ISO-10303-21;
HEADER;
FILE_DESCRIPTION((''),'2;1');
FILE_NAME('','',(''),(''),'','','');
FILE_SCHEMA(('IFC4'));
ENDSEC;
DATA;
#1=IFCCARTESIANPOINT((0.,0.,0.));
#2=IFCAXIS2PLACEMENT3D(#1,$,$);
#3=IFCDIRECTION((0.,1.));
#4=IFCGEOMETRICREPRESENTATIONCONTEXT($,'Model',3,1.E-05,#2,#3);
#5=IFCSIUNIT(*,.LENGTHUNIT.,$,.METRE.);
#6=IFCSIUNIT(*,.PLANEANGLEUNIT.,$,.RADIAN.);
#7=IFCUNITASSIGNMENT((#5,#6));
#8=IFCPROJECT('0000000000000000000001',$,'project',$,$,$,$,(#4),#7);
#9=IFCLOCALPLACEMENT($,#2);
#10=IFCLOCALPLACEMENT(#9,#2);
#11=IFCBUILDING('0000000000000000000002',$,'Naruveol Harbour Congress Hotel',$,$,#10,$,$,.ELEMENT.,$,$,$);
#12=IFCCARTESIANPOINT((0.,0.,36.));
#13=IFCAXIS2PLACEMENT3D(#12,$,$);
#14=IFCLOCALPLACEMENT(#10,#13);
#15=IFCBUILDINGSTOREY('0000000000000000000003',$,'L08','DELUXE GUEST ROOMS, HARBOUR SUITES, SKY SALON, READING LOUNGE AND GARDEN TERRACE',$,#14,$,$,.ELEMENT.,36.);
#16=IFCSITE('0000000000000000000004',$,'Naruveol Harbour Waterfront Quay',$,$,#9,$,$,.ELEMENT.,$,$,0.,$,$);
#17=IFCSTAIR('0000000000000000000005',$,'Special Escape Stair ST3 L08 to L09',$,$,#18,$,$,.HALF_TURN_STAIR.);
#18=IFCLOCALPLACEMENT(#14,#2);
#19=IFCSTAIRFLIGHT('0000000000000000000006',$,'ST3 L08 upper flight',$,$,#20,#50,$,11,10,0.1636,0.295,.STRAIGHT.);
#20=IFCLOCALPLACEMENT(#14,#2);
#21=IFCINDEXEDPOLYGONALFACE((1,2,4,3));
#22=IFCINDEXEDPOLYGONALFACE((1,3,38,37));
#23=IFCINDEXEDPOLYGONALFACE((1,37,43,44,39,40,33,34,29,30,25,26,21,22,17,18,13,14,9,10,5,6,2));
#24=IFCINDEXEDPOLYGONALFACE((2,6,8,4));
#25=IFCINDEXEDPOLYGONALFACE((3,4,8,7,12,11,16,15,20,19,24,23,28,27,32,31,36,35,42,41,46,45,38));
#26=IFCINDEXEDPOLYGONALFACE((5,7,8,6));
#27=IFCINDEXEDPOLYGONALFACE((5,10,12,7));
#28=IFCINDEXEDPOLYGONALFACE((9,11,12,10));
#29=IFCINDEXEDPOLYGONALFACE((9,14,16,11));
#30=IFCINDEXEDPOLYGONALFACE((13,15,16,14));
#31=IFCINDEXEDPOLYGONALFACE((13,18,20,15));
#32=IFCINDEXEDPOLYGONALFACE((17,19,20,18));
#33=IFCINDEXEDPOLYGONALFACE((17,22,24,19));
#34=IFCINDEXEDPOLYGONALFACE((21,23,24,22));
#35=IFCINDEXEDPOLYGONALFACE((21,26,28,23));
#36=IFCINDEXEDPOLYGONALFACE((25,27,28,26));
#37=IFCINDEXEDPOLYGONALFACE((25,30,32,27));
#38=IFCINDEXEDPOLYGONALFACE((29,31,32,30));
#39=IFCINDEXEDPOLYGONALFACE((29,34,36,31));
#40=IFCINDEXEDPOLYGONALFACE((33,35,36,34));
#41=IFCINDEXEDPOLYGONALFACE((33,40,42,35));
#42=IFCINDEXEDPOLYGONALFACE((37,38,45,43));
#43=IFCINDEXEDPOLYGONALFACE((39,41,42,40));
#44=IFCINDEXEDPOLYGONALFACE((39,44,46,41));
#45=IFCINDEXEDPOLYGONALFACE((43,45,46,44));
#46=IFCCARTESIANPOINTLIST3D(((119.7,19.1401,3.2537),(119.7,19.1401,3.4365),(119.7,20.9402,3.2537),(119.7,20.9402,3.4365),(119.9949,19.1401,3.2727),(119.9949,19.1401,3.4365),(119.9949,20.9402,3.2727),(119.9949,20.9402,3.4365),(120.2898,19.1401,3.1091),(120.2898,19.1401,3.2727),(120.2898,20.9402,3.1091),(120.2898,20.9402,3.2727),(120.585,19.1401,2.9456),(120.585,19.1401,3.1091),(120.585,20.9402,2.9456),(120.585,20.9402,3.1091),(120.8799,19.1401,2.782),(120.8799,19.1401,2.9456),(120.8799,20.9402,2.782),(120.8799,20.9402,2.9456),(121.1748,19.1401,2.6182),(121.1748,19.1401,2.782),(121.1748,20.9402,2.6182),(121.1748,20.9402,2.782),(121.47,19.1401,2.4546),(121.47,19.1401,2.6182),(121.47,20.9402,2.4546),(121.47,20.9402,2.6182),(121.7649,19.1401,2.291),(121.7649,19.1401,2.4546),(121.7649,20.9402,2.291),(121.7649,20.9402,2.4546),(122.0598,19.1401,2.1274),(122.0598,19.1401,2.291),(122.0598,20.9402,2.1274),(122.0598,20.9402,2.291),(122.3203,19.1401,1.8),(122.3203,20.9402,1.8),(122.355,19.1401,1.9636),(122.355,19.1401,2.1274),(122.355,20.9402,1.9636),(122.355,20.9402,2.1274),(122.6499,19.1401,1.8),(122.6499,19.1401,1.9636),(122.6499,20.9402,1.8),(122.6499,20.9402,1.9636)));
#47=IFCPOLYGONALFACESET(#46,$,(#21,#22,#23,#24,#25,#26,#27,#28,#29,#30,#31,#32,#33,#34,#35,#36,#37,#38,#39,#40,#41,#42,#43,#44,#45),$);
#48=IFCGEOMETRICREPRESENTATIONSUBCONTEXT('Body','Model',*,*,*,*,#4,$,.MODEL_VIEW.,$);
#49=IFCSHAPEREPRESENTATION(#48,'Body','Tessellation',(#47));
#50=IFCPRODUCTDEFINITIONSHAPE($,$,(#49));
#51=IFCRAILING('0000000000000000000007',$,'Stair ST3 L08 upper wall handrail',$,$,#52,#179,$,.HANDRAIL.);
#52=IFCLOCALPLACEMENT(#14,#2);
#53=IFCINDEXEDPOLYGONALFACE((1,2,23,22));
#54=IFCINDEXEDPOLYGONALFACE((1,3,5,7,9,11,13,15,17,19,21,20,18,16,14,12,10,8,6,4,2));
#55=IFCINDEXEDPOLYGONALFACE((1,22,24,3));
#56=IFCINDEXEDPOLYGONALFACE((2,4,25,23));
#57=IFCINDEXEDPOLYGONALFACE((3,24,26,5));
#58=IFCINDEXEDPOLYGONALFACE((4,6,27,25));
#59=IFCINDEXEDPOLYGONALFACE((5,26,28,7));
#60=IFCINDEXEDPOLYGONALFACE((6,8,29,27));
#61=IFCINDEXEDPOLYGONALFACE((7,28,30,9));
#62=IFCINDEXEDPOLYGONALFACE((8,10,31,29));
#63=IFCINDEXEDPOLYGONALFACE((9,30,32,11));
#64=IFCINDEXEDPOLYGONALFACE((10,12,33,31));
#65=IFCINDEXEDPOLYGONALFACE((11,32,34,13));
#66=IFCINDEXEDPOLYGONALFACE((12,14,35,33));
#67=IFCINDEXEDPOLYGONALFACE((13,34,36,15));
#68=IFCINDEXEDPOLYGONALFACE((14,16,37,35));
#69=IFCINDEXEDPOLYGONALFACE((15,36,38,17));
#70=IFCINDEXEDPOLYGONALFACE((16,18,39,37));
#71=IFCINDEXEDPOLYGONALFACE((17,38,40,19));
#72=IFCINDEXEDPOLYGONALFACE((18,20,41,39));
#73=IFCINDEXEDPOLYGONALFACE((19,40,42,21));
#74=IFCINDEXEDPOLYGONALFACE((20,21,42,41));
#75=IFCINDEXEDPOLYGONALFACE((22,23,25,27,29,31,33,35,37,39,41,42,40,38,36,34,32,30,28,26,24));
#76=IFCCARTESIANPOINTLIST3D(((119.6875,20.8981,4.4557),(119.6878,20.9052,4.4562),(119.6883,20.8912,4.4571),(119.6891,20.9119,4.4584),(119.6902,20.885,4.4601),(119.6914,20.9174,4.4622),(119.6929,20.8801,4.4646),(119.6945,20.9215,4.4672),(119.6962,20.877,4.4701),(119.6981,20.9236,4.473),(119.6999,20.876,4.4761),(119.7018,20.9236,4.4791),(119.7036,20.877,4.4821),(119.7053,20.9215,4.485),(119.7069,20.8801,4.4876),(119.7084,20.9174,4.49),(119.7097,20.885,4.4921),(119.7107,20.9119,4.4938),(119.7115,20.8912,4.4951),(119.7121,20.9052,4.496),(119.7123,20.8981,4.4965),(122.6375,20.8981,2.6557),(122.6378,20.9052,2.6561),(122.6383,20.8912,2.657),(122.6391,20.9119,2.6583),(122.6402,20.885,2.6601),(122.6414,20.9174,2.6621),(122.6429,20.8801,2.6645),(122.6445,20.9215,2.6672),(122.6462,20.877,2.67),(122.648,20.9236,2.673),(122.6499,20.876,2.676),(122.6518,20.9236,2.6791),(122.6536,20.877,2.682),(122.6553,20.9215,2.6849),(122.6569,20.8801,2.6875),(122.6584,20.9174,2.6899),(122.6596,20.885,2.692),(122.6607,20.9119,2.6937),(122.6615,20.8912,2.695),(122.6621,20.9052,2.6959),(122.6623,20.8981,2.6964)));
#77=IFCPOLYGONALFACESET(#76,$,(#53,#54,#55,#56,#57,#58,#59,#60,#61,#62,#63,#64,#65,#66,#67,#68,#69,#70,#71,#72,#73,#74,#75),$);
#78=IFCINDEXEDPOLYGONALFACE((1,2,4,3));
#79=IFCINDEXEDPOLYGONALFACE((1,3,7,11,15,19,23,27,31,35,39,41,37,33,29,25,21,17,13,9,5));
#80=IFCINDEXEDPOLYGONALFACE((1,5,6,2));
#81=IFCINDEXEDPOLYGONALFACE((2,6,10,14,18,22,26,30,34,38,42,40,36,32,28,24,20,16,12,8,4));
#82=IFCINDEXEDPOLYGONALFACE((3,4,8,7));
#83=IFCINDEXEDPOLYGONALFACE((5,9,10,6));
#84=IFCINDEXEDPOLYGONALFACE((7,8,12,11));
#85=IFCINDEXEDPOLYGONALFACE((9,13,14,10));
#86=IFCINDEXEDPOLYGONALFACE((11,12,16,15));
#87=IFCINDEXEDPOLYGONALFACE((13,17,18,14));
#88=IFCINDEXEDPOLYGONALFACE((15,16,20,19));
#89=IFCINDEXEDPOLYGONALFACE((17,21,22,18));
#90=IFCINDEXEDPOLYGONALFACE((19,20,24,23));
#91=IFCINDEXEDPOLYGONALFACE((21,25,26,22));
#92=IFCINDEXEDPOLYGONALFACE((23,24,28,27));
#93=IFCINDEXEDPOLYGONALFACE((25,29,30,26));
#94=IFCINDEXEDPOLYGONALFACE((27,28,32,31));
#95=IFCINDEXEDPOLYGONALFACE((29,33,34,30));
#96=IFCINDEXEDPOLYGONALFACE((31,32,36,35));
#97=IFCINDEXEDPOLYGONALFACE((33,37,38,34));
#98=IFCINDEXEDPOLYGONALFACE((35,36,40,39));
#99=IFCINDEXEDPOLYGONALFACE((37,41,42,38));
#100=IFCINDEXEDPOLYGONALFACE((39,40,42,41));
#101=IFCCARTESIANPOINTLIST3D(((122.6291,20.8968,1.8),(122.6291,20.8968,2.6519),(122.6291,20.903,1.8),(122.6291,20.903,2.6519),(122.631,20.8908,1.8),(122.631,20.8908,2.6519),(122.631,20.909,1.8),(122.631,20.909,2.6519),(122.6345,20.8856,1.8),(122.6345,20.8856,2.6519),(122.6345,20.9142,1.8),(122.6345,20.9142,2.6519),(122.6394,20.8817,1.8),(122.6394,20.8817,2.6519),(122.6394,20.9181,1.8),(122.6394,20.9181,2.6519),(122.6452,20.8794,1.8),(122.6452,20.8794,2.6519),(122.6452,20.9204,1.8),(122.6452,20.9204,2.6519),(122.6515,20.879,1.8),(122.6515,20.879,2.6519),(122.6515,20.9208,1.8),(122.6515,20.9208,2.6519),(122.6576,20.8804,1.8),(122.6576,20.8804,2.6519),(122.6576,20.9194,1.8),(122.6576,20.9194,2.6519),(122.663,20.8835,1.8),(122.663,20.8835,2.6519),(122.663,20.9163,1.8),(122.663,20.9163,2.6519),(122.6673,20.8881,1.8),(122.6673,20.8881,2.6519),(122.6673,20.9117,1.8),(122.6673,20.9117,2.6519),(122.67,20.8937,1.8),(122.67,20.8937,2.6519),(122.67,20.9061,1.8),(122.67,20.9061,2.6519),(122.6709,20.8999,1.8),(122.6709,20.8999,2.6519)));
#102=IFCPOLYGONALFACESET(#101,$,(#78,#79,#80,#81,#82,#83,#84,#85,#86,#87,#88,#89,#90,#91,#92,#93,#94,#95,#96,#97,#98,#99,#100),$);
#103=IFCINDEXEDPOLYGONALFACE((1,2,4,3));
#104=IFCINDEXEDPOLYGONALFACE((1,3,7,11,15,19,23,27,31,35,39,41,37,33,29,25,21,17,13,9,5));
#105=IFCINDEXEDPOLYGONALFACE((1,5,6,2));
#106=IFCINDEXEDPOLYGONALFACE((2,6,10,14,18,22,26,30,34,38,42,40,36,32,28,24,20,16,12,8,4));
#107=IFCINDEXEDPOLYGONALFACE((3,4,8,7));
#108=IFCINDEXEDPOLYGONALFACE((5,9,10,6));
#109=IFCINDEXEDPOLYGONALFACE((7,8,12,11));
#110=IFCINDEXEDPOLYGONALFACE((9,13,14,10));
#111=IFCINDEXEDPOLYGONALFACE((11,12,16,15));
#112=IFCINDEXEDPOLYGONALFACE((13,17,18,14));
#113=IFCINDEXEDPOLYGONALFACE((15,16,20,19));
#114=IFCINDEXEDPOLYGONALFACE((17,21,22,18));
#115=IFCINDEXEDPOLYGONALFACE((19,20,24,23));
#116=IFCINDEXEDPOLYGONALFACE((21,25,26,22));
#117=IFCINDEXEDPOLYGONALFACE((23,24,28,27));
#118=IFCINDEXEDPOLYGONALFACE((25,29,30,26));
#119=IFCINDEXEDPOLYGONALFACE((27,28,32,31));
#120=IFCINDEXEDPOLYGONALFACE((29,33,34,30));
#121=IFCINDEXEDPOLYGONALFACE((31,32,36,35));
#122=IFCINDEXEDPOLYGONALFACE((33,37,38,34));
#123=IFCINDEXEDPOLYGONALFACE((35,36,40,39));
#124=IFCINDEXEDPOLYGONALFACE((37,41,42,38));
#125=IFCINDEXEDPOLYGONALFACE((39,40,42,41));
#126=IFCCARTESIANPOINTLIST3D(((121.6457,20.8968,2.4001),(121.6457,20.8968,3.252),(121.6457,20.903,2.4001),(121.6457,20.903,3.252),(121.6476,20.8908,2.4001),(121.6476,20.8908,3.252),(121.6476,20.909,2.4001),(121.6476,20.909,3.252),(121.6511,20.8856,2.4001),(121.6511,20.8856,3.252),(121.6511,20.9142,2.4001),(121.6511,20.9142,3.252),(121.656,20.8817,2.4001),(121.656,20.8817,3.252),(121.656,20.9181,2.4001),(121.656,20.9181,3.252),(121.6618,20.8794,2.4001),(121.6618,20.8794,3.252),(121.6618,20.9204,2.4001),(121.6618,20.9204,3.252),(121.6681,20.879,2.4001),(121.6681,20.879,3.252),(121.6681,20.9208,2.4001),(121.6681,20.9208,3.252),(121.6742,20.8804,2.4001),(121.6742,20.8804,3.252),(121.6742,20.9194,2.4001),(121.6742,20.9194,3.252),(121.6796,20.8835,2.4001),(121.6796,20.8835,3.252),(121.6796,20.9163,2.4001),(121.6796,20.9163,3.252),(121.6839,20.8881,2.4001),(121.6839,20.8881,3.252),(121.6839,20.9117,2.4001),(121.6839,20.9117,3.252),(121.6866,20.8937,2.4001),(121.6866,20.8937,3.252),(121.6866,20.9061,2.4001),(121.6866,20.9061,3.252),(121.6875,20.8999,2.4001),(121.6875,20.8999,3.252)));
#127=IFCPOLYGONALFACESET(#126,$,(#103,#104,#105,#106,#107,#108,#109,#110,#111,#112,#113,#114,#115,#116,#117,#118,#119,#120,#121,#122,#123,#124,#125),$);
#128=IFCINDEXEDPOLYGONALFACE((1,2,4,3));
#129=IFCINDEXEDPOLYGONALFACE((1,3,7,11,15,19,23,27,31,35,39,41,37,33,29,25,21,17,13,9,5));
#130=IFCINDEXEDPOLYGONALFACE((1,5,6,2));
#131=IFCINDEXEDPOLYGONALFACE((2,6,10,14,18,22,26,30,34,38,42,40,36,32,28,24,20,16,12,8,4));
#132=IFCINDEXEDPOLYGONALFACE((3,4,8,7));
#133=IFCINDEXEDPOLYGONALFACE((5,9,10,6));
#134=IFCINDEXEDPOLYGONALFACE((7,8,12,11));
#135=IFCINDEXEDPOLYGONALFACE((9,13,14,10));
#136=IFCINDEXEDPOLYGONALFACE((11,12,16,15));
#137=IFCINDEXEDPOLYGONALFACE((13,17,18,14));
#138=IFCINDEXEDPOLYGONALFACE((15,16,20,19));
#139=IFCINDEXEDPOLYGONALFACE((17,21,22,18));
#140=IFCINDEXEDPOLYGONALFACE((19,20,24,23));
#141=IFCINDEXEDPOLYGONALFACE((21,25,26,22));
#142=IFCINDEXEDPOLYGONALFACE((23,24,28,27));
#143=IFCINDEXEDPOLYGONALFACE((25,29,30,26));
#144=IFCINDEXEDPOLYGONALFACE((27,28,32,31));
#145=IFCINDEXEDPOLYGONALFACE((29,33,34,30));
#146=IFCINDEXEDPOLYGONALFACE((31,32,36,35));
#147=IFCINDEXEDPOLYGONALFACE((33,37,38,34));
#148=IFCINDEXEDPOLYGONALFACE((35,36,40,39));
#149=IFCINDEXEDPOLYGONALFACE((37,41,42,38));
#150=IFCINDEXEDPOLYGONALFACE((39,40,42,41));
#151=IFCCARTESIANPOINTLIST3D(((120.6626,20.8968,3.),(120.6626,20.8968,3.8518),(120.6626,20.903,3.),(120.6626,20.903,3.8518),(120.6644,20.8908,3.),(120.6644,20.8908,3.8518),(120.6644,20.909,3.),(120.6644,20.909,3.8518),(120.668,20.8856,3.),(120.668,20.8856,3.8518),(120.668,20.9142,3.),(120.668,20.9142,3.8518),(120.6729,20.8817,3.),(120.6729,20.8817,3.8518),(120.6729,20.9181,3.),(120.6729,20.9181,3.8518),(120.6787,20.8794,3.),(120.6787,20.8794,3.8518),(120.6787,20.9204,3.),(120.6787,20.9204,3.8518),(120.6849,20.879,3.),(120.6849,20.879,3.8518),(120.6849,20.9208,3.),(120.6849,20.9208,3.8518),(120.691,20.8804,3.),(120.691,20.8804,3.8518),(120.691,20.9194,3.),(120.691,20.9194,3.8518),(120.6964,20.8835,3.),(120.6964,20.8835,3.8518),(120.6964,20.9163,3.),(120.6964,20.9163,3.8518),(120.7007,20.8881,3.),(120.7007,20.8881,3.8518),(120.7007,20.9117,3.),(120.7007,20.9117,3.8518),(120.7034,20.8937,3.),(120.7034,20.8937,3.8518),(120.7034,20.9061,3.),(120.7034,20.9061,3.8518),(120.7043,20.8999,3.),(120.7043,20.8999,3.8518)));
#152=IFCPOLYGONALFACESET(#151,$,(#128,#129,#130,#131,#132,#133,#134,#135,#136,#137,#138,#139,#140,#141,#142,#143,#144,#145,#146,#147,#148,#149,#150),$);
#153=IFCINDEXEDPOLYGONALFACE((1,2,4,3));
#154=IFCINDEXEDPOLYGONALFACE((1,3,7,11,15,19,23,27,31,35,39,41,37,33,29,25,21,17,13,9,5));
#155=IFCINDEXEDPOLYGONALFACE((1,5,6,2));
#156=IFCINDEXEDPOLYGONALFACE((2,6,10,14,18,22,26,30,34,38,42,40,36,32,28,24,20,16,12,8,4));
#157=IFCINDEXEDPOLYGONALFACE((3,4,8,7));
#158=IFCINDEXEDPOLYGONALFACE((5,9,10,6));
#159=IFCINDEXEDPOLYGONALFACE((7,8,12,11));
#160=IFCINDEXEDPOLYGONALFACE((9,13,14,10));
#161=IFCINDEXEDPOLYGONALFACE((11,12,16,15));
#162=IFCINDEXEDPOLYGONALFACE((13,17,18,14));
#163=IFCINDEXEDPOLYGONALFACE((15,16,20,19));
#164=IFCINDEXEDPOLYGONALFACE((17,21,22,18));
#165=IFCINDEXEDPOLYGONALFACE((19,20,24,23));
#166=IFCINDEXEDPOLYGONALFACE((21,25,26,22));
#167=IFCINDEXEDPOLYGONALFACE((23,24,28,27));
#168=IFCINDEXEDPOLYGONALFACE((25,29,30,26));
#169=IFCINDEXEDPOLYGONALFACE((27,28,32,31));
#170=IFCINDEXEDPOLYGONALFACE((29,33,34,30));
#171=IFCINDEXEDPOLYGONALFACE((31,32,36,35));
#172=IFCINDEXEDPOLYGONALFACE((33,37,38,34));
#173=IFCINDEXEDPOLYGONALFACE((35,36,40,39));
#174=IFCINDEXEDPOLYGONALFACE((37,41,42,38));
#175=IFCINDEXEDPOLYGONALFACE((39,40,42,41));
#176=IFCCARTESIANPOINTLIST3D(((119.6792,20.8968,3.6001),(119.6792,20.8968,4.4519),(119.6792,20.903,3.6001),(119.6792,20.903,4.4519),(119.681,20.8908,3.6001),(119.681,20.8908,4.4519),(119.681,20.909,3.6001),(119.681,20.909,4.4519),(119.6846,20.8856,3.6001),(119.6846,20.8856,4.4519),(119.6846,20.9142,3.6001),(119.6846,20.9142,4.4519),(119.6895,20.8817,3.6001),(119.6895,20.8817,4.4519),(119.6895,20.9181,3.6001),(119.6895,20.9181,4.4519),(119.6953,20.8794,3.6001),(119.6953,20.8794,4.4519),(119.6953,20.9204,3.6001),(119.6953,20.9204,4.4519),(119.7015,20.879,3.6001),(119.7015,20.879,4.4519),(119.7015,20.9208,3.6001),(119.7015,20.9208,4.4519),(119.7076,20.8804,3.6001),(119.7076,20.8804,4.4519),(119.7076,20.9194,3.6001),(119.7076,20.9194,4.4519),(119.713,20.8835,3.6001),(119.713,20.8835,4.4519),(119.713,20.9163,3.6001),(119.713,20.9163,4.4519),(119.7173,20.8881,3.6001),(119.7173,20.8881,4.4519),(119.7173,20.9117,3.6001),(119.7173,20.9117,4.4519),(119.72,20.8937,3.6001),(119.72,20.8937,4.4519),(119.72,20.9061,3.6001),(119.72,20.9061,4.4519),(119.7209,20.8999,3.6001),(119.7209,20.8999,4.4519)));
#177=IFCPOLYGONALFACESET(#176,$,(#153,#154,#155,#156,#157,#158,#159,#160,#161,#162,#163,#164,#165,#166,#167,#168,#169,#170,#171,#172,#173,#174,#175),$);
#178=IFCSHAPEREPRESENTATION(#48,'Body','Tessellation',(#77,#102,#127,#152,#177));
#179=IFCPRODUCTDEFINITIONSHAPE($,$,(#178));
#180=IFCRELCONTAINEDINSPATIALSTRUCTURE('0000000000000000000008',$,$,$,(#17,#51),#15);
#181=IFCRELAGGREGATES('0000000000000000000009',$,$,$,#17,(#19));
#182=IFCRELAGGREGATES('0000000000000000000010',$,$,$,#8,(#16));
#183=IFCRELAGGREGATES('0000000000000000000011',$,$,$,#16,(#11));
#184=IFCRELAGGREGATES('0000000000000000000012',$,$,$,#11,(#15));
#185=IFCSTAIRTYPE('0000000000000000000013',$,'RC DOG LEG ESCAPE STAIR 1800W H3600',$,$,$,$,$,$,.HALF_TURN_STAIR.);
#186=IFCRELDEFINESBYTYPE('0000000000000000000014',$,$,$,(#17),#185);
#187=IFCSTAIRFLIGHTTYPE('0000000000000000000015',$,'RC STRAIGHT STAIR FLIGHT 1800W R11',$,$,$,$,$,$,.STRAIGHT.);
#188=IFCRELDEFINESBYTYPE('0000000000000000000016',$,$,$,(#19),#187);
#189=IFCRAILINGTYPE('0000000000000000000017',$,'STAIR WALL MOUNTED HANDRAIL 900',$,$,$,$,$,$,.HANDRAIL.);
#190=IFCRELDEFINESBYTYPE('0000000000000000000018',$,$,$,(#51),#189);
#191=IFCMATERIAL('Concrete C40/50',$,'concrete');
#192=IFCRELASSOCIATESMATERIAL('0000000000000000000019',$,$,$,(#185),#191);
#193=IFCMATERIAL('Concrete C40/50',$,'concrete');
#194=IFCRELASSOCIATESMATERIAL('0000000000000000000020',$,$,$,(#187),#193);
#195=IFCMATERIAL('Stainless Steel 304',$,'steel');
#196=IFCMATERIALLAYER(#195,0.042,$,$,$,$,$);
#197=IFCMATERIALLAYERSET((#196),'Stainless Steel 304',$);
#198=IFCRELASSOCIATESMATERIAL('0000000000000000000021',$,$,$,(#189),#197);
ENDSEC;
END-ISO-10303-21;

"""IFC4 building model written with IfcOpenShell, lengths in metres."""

from ifc_helpers import new_model, si_unit, direction, frame, origin, origin_2d, place, context, subcontext, project, spatial, polyline, circle, outline, extrude, material, layer, layer_set, type_object, element, aggregate, save


model = new_model("IFC4")

# Units and contexts
model_context = context("Model", 3, precision=1e-05, world=origin(), true_north=direction((0.0, 1.0)))
body_context = subcontext(model_context, "Body", "Model", "MODEL_VIEW")
ifc_project = project(units=[si_unit("LENGTHUNIT", "METRE"), si_unit("PLANEANGLEUNIT", "RADIAN")], contexts=[model_context])

# Site, building, storey
site_placement = place(None, origin())
site = spatial("IfcSite", under=ifc_project, at=site_placement, Name="Naruveol Harbour Waterfront Quay", CompositionType="ELEMENT", RefElevation=0.0)
building_placement = place(site_placement, origin())
building = spatial("IfcBuilding", under=site, at=building_placement, Name="Naruveol Harbour Congress Hotel", CompositionType="ELEMENT")
storey_placement = place(building_placement, frame((0.0, 0.0, 36.0)))
storey = spatial("IfcBuildingStorey", under=building, at=storey_placement, Name="L08", Description="DELUXE GUEST ROOMS, HARBOUR SUITES, SKY SALON, READING LOUNGE AND GARDEN TERRACE", CompositionType="ELEMENT", Elevation=36.0)

# Stair, stair flight
ifc_material_1 = material(Name="Concrete C40/50", Category="concrete")
stair_type = type_object("IfcStairType", Name="RC DOG LEG ESCAPE STAIR 1800W H3600", PredefinedType="HALF_TURN_STAIR", material=ifc_material_1)
stair_placement = place(storey_placement, origin())
stair = element("IfcStair", 1, at=stair_placement, inside=storey, type_object=stair_type, Name="Special Escape Stair ST3 L08 to L09", PredefinedType="HALF_TURN_STAIR")
ifc_material_2 = material(Name="Concrete C40/50", Category="concrete")
stair_flight_type = type_object("IfcStairFlightType", Name="RC STRAIGHT STAIR FLIGHT 1800W R11", PredefinedType="STRAIGHT", material=ifc_material_2)
stair_flight_placement = place(storey_placement, frame((122.6499, 20.04, 1.8), z_axis=(0.0, 0.0, 1.0), x_axis=(-1.0, 0.0, 0.0)))
stair_flight = element("IfcStairFlight", 2, at=stair_flight_placement, type_object=stair_flight_type, Name="ST3 L08 upper flight", NumberOfRisers=11, NumberOfTreads=10, PredefinedType="STRAIGHT", RiserHeight=0.1636, TreadLength=0.295, context=body_context, shape_type="SweptSolid", body=[
    extrude(outline(polyline([(0.0, 0.0), (0.0, 0.1636), (0.2949, 0.1636), (0.2949, 0.3274), (0.5901, 0.3274), (0.5901, 0.491), (0.885, 0.491), (0.885, 0.6545), (1.1799, 0.6545), (1.1799, 0.8181), (1.4751, 0.8181), (1.4751, 0.9819), (1.77, 0.9819), (1.77, 1.1455), (2.0649, 1.1455), (2.0649, 1.3091), (2.3601, 1.3091), (2.3601, 1.4727), (2.655, 1.4727), (2.655, 1.6365), (2.95, 1.6365), (2.95, 1.8), (2.95, 1.4536), (0.3296, 0.0), (0.0, 0.0)])), frame((0.0, 0.8999, 0.0), z_axis=(0.0, -1.0, 0.0), x_axis=(1.0, 0.0, 0.0)), (0.0, 0.0, 1.0), 1.8),
])
aggregate(stair, [stair_flight])

# Railing
ifc_material_3 = material(Name="Stainless Steel 304", Category="steel")
ifc_layer_1 = layer(ifc_material_3, 0.042)
ifc_layer_set_1 = layer_set([ifc_layer_1], Name="Stainless Steel 304")
railing_type_1 = type_object("IfcRailingType", Name="STAIR WALL MOUNTED HANDRAIL 900", PredefinedType="HANDRAIL", material=ifc_layer_set_1)
railing_1_placement = place(storey_placement, frame((122.6499, 20.8999, 1.8)))
element("IfcRailing", 3, at=railing_1_placement, inside=storey, type_object=railing_type_1, Name="Stair ST3 L08 upper wall handrail", PredefinedType="HANDRAIL", context=body_context, shape_type="SweptSolid", body=[
    extrude(circle(Radius=0.0239, at=origin_2d()), frame((0.0, 0.0, 0.876), z_axis=(-0.853629, 0.0, 0.520881), x_axis=(0.0, -1.0, 0.0)), (0.0, 0.0, 1.0), 3.4558),
    extrude(circle(Radius=0.021, at=origin_2d()), origin(), (0.0, 0.0, 1.0), 0.8518),
    extrude(circle(Radius=0.021, at=origin_2d()), frame((-0.9834, 0.0, 0.6001)), (0.0, 0.0, 1.0), 0.8518),
    extrude(circle(Radius=0.021, at=origin_2d()), frame((-1.9666, 0.0, 1.2)), (0.0, 0.0, 1.0), 0.8518),
    extrude(circle(Radius=0.021, at=origin_2d()), frame((-2.95, 0.0, 1.8)), (0.0, 0.0, 1.0), 0.8518),
])

save(model, "model.ifc")
